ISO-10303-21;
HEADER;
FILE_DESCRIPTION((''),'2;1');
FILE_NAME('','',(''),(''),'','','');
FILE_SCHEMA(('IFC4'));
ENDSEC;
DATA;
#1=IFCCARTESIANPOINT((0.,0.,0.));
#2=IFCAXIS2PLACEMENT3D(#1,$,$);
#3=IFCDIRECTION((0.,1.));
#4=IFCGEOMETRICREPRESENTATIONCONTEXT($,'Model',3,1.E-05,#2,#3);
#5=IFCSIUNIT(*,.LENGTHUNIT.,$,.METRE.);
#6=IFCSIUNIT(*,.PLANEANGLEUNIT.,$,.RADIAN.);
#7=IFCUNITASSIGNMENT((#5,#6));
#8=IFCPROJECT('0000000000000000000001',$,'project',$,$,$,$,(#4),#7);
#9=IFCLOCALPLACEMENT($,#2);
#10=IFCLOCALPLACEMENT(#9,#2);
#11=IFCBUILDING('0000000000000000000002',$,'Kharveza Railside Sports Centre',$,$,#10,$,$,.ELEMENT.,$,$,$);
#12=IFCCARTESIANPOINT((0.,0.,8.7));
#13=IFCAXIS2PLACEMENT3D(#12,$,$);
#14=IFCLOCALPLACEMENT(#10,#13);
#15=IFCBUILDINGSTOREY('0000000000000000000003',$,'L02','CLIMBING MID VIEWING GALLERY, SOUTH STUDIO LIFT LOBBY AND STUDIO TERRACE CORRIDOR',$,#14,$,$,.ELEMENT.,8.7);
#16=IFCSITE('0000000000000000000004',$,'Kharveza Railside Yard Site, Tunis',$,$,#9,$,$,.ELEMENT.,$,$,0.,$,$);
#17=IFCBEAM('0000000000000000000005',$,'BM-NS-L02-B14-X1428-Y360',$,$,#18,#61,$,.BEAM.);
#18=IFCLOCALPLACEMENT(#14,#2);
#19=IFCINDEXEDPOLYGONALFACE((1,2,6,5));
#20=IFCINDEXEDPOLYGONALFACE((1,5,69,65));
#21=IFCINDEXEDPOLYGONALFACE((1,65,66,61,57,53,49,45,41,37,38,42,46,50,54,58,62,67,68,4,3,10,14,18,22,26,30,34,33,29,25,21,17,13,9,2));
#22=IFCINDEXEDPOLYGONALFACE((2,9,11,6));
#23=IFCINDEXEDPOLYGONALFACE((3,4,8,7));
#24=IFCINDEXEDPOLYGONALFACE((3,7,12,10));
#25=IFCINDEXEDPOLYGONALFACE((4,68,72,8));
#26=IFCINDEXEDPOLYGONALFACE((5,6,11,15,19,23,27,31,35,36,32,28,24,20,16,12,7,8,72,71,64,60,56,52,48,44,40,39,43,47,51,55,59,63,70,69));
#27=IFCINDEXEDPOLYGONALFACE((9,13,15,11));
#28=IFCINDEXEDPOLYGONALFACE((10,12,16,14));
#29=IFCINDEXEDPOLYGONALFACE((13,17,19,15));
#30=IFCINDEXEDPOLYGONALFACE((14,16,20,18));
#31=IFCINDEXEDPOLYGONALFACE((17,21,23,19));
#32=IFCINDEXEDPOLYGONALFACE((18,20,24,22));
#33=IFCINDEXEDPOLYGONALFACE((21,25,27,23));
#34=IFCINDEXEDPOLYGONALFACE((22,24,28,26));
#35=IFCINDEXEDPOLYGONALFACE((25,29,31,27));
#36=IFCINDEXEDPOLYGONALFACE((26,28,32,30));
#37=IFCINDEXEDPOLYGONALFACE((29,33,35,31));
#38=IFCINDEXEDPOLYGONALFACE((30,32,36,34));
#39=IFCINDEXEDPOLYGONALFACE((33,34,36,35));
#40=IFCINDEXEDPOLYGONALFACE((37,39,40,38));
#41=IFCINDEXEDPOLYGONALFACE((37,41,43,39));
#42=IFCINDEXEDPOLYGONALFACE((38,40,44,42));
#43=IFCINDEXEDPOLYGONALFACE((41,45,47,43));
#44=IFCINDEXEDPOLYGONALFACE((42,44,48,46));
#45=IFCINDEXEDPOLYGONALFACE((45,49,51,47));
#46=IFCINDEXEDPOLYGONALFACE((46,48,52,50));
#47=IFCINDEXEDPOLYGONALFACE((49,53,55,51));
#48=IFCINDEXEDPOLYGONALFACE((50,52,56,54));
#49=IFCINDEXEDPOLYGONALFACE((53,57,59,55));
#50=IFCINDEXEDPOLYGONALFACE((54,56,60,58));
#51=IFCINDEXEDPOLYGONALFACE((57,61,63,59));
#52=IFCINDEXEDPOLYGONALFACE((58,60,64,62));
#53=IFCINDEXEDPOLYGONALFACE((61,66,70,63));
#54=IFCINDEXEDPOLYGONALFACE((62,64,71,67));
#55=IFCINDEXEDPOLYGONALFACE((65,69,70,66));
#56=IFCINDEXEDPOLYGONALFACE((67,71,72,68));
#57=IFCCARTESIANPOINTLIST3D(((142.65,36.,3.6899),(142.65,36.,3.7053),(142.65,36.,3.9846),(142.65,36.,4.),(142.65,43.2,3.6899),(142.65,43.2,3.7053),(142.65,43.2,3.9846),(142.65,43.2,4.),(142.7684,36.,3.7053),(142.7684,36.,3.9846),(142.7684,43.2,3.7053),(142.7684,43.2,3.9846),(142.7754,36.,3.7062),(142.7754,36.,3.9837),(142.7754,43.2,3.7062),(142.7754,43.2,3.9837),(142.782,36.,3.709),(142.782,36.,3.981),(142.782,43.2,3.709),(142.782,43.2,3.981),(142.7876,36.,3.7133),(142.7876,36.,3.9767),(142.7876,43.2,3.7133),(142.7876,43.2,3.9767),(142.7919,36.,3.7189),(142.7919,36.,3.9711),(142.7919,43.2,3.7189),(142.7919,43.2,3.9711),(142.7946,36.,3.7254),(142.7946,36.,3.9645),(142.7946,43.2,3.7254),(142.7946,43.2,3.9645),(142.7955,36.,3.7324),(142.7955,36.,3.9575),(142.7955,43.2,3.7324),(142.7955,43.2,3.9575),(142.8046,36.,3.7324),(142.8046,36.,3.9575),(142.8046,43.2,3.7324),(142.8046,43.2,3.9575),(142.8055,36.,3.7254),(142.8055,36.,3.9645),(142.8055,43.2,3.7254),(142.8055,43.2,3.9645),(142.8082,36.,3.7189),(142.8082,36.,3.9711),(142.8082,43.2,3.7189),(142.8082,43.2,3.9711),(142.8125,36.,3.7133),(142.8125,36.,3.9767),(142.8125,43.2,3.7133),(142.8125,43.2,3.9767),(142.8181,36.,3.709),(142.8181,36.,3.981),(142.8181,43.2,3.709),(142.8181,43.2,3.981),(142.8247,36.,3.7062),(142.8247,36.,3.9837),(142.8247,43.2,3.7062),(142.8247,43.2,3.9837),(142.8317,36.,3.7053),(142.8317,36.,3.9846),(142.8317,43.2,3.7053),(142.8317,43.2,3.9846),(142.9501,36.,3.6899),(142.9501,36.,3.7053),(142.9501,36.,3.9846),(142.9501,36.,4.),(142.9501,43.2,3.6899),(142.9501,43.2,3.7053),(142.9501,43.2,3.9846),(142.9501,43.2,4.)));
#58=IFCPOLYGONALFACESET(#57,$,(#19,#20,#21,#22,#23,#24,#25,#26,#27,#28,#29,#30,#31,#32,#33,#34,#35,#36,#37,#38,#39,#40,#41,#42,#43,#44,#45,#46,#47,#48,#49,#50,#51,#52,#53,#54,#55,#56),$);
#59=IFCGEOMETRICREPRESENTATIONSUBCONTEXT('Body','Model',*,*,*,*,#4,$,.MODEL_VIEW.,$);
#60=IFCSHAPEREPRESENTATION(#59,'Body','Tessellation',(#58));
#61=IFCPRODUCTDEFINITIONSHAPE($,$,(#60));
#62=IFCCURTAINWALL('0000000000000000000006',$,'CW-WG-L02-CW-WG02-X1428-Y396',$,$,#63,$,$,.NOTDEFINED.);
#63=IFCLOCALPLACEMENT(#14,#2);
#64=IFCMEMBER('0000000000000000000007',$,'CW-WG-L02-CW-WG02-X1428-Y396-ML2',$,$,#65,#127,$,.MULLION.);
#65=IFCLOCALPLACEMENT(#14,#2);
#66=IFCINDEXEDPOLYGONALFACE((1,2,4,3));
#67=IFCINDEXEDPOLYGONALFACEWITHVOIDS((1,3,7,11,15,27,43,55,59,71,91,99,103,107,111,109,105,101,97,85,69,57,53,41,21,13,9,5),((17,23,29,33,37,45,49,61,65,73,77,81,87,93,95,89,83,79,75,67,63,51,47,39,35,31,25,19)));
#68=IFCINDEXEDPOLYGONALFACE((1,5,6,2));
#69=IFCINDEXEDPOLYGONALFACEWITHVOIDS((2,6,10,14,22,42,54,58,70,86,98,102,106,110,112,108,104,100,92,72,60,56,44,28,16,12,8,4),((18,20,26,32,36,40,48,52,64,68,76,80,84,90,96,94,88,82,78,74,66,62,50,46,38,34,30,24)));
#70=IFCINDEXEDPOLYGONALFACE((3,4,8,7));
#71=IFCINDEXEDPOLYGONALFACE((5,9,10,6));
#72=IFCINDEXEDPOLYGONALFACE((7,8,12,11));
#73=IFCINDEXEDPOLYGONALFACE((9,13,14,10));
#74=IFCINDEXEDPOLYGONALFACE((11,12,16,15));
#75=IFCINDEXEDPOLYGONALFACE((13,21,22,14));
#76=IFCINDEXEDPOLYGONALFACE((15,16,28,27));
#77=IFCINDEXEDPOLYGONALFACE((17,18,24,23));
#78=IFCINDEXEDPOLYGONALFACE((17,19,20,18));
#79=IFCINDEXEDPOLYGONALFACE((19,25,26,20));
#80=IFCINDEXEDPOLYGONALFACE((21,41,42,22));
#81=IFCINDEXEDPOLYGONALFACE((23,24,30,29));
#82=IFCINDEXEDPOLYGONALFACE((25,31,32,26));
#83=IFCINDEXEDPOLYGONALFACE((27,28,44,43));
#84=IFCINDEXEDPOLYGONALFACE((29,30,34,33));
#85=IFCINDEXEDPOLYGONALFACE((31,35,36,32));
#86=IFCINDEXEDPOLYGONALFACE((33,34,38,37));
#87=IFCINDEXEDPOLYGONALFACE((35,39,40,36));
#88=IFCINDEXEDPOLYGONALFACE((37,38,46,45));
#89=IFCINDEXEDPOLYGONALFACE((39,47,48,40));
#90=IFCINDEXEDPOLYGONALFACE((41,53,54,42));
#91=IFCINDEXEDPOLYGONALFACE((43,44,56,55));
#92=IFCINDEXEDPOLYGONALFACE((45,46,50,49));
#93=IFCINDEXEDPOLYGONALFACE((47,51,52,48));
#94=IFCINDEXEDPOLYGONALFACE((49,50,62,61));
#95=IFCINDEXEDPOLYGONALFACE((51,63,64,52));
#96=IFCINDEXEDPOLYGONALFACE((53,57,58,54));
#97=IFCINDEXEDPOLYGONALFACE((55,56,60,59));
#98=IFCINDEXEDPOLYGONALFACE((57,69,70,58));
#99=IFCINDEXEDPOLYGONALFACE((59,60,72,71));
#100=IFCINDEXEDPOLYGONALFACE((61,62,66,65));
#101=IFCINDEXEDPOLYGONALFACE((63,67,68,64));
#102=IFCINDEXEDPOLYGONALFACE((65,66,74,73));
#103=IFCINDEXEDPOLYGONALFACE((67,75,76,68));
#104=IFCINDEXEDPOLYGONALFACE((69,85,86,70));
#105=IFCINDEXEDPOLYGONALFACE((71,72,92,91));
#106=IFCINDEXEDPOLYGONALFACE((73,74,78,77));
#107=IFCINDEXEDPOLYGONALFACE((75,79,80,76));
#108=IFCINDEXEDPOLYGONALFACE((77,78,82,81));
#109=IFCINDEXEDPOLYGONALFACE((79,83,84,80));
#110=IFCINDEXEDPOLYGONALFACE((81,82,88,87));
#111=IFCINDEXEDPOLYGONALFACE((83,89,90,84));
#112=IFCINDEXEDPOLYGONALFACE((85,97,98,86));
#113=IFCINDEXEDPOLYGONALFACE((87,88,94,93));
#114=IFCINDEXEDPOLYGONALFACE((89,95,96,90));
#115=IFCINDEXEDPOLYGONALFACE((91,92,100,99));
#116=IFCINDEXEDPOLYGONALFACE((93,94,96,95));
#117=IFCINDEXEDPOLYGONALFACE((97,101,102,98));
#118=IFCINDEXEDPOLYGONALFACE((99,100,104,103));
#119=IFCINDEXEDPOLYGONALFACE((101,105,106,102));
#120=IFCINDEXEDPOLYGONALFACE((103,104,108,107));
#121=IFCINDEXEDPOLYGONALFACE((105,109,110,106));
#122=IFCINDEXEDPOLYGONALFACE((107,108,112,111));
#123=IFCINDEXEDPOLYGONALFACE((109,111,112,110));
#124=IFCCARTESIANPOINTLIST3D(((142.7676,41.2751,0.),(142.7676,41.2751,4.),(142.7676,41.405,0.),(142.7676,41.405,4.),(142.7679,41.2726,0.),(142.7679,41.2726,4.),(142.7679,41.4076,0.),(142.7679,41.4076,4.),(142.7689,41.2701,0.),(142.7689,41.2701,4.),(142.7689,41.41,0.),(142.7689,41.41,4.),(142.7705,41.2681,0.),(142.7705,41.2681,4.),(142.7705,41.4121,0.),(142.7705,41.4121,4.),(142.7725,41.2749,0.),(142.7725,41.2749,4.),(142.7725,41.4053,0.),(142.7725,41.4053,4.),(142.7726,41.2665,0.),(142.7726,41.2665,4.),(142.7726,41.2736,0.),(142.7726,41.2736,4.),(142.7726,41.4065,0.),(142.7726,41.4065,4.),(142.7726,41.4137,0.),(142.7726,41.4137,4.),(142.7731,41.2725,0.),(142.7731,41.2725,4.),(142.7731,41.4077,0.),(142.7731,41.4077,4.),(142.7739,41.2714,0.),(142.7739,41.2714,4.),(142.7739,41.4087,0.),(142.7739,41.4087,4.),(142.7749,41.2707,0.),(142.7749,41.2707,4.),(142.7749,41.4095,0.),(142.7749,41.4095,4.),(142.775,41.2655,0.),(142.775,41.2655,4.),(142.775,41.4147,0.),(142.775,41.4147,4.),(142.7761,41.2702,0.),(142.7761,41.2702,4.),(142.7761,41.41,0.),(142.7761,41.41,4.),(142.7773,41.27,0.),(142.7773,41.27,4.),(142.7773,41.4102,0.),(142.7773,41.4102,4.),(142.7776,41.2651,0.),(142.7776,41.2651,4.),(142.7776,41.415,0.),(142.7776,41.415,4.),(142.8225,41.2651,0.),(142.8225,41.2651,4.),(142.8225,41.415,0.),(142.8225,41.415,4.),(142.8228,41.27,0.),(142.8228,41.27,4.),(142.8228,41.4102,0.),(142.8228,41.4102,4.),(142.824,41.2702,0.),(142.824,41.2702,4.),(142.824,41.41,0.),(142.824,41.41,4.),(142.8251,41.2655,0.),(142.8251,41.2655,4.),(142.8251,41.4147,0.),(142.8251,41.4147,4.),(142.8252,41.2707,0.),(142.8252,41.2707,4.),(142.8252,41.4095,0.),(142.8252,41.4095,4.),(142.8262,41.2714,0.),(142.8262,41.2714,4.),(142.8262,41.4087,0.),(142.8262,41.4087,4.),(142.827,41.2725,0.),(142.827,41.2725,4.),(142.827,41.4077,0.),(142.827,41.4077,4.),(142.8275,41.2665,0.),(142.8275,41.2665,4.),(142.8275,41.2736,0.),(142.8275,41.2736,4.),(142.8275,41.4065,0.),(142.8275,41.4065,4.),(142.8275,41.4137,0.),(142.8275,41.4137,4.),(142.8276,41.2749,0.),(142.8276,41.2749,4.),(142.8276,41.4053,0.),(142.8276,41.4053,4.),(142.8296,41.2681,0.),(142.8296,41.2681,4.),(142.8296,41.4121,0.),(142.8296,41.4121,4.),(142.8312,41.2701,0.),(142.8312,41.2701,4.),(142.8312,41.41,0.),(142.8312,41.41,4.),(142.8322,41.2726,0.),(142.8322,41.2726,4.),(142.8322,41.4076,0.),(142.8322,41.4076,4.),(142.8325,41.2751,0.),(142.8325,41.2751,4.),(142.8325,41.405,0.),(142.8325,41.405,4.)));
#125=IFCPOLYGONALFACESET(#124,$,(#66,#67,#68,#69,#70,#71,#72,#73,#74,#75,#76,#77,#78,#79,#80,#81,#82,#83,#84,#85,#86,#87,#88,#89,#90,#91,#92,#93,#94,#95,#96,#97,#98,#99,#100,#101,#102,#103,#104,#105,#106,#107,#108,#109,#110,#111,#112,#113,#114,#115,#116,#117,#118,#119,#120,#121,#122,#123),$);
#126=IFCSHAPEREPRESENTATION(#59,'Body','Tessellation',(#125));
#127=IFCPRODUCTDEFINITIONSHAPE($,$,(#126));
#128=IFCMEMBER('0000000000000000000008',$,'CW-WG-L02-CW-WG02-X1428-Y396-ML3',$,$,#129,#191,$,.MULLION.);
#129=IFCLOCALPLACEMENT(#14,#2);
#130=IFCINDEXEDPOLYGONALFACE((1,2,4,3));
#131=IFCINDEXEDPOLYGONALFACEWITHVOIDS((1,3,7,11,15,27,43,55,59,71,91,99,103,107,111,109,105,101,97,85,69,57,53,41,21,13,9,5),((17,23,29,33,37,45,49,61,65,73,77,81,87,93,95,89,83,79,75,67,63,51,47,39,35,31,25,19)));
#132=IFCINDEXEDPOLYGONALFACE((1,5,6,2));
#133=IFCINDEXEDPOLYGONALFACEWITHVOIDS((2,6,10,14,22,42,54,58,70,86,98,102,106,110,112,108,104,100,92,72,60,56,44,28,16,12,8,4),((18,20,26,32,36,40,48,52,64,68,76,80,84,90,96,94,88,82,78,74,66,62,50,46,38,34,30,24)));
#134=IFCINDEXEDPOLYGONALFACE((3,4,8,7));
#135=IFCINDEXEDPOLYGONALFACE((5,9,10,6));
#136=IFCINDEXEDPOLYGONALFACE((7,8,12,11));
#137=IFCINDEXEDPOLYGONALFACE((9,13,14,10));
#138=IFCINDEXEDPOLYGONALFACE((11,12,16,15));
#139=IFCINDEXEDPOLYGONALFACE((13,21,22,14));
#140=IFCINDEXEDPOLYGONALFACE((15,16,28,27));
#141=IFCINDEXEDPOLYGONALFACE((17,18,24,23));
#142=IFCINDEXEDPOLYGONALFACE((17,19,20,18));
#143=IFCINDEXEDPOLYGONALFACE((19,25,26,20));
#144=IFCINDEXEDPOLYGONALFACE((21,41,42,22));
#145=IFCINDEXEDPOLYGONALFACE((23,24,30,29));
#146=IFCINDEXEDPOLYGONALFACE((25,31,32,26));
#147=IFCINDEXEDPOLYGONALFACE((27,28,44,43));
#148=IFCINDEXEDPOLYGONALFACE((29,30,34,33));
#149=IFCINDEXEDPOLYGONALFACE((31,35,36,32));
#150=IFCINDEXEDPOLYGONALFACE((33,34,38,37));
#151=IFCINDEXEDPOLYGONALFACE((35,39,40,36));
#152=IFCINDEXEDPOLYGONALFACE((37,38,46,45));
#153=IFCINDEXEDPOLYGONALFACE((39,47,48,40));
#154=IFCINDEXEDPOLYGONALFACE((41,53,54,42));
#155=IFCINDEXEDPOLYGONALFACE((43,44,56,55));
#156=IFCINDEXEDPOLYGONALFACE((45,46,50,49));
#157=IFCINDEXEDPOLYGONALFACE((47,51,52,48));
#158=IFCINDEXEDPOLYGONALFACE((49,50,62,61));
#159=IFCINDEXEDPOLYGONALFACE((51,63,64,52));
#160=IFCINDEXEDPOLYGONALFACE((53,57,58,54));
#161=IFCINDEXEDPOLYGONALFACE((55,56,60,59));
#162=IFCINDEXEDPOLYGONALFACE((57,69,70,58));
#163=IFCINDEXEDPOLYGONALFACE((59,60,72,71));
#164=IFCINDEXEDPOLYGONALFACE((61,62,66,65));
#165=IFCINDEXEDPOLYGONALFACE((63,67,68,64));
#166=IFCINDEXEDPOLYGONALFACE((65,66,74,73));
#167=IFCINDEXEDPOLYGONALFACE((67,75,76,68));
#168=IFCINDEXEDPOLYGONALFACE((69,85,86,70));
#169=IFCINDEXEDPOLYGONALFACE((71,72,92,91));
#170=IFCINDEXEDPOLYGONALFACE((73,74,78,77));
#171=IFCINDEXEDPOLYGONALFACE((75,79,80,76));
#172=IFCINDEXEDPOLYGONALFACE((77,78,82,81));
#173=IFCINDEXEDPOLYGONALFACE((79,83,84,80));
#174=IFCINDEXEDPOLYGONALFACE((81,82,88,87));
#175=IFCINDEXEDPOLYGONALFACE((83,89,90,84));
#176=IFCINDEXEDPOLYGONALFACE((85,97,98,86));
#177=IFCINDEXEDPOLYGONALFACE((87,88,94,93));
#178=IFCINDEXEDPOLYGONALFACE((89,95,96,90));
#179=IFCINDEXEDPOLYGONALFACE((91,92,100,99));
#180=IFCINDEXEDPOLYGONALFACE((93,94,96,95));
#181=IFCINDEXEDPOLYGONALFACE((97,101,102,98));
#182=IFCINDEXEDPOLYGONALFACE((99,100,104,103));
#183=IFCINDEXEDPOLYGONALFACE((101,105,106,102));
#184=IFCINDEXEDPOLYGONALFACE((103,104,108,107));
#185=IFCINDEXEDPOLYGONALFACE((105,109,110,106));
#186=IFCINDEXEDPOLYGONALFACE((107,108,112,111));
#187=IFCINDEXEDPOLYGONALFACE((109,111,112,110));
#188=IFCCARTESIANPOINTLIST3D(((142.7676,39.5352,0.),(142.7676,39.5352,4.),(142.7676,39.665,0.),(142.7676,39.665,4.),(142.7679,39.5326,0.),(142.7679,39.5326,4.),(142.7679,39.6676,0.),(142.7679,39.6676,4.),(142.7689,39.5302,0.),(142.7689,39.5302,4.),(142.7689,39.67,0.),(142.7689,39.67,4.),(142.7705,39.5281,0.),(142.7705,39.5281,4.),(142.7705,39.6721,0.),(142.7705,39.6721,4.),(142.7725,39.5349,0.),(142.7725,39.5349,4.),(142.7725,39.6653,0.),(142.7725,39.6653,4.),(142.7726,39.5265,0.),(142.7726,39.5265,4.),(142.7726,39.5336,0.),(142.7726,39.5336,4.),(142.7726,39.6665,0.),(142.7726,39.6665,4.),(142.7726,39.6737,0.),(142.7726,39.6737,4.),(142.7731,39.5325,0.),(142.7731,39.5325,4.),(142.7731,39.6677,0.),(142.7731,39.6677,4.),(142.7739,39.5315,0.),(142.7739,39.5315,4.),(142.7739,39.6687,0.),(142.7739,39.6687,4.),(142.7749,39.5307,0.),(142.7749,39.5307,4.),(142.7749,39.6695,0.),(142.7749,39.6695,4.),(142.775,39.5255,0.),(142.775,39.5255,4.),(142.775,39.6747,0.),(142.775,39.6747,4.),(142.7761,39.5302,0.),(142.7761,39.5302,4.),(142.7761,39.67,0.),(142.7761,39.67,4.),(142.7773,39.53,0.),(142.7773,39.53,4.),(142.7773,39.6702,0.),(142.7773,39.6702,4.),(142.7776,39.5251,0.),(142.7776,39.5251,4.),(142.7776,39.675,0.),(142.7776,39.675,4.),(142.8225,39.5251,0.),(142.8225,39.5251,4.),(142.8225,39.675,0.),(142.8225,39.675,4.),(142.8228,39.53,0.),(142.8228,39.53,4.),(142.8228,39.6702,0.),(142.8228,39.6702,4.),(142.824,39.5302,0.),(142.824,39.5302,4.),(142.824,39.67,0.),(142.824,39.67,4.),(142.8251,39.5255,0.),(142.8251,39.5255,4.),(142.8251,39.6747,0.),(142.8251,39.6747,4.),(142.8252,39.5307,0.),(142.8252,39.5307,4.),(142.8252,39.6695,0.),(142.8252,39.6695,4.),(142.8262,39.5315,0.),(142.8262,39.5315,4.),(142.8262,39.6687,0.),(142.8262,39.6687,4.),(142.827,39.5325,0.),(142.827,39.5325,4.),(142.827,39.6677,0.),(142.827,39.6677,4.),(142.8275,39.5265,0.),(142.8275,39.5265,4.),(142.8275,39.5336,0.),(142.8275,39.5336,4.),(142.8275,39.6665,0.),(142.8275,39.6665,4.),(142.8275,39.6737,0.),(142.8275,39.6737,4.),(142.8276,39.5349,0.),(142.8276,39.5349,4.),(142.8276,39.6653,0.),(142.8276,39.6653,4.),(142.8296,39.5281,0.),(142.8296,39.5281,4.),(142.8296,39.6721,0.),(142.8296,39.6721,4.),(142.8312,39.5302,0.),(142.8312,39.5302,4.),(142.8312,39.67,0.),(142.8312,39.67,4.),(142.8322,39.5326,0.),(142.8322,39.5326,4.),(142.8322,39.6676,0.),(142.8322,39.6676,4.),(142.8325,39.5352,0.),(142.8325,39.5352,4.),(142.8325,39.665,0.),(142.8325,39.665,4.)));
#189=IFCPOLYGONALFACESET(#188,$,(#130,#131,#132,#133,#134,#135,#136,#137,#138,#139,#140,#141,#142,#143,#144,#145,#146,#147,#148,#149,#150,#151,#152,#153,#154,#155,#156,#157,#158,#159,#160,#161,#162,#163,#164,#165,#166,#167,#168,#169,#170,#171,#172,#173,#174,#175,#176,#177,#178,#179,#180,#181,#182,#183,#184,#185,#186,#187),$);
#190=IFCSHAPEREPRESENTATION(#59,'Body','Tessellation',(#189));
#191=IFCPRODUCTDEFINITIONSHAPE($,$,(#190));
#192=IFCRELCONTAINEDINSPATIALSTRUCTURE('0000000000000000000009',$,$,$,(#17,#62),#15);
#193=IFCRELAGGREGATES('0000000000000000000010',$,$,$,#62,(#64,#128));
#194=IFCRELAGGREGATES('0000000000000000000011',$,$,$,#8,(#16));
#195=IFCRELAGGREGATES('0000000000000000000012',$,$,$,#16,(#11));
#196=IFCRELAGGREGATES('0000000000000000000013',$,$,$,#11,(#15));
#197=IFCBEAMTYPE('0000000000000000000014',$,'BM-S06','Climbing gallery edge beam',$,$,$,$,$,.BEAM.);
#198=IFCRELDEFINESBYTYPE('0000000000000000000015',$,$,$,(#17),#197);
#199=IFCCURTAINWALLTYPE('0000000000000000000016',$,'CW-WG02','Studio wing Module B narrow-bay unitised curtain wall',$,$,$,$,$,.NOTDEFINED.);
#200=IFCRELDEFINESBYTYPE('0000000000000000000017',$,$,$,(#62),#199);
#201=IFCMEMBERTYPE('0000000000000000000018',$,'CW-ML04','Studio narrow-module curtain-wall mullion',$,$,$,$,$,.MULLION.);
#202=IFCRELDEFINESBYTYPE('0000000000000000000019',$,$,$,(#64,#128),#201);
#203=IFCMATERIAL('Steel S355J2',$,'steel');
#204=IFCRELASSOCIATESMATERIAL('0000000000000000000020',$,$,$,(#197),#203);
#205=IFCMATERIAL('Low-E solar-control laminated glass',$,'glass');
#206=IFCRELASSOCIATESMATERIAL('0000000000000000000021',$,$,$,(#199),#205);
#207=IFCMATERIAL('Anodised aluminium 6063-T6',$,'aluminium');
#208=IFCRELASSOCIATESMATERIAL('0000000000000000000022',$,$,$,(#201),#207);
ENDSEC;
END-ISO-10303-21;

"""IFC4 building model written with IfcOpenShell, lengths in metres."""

from ifc_helpers import new_model, si_unit, direction, frame, origin, origin_2d, place, context, subcontext, project, spatial, hollow_rectangle, i_section, extrude, material, material_profile, profile_set, type_object, element, aggregate, save


model = new_model("IFC4")

# Units and contexts
model_context = context("Model", 3, precision=1e-05, world=origin(), true_north=direction((0.0, 1.0)))
body_context = subcontext(model_context, "Body", "Model", "MODEL_VIEW")
ifc_project = project(units=[si_unit("LENGTHUNIT", "METRE"), si_unit("PLANEANGLEUNIT", "RADIAN")], contexts=[model_context])

# Site, building, storey
site_placement = place(None, origin())
site = spatial("IfcSite", under=ifc_project, at=site_placement, Name="Kharveza Railside Yard Site, Tunis", CompositionType="ELEMENT", RefElevation=0.0)
building_placement = place(site_placement, origin())
building = spatial("IfcBuilding", under=site, at=building_placement, Name="Kharveza Railside Sports Centre", CompositionType="ELEMENT")
storey_placement = place(building_placement, frame((0.0, 0.0, 8.7)))
storey = spatial("IfcBuildingStorey", under=building, at=storey_placement, Name="L02", Description="CLIMBING MID VIEWING GALLERY, SOUTH STUDIO LIFT LOBBY AND STUDIO TERRACE CORRIDOR", CompositionType="ELEMENT", Elevation=8.7)

# Shared definitions
ifc_material_1 = material(Name="Steel S355J2", Category="steel")

# Beam
ifc_material_profile_1 = material_profile(ifc_material_1, i_section(OverallWidth=0.3, OverallDepth=0.3101, WebThickness=0.009, FlangeThickness=0.0154, FilletRadius=0.0271, at=origin_2d()), Name="HEA 320")
ifc_profile_set_1 = profile_set([ifc_material_profile_1], Name="Steel S355J2")
beam_type_1 = type_object("IfcBeamType", Name="BM-S06", Description="Climbing gallery edge beam", PredefinedType="BEAM", material=ifc_profile_set_1)
beam_1_placement = place(storey_placement, frame((142.8, 36.0, 3.845), z_axis=(0.0, 1.0, 0.0), x_axis=(-1.0, 0.0, 0.0)))
element("IfcBeam", 1, at=beam_1_placement, inside=storey, type_object=beam_type_1, Name="BM-NS-L02-B14-X1428-Y360", PredefinedType="BEAM", context=body_context, shape_type="SweptSolid", body=[
    extrude(i_section(OverallWidth=0.3, OverallDepth=0.3101, WebThickness=0.009, FlangeThickness=0.0154, FilletRadius=0.0271, at=origin_2d()), origin(), (0.0, 0.0, 1.0), 7.2),
])

# Curtain wall, members
ifc_material_2 = material(Name="Low-E solar-control laminated glass", Category="glass")
curtain_wall_type = type_object("IfcCurtainWallType", Name="CW-WG02", Description="Studio wing Module B narrow-bay unitised curtain wall", PredefinedType="NOTDEFINED", material=ifc_material_2)
curtain_wall_placement = place(storey_placement, origin())
curtain_wall = element("IfcCurtainWall", 2, at=curtain_wall_placement, inside=storey, type_object=curtain_wall_type, Name="CW-WG-L02-CW-WG02-X1428-Y396", PredefinedType="NOTDEFINED")
ifc_material_3 = material(Name="Anodised aluminium 6063-T6", Category="aluminium")
ifc_material_profile_2 = material_profile(ifc_material_3, hollow_rectangle(XDim=0.0649, YDim=0.1499, WallThickness=0.0049, InnerFilletRadius=0.0049, OuterFilletRadius=0.01, at=origin_2d()), Name="RHS 65x150x5.0")
ifc_profile_set_2 = profile_set([ifc_material_profile_2], Name="Anodised aluminium 6063-T6")
member_type = type_object("IfcMemberType", Name="CW-ML04", Description="Studio narrow-module curtain-wall mullion", PredefinedType="MULLION", material=ifc_profile_set_2)
member_1_placement = place(storey_placement, frame((142.8, 41.3401, 0.0), z_axis=(0.0, 0.0, 1.0), x_axis=(1.0, 0.0, 0.0)))
member_1 = element("IfcMember", 3, at=member_1_placement, type_object=member_type, Name="CW-WG-L02-CW-WG02-X1428-Y396-ML2", PredefinedType="MULLION", context=body_context, shape_type="SweptSolid", body=[
    extrude(hollow_rectangle(XDim=0.0649, YDim=0.1499, WallThickness=0.0049, InnerFilletRadius=0.0049, OuterFilletRadius=0.01, at=origin_2d()), origin(), (0.0, 0.0, 1.0), 4.0),
])
member_2_placement = place(storey_placement, frame((142.8, 39.6001, 0.0), z_axis=(0.0, 0.0, 1.0), x_axis=(1.0, 0.0, 0.0)))
member_2 = element("IfcMember", 4, at=member_2_placement, type_object=member_type, Name="CW-WG-L02-CW-WG02-X1428-Y396-ML3", PredefinedType="MULLION", context=body_context, shape_type="SweptSolid", body=[
    extrude(hollow_rectangle(XDim=0.0649, YDim=0.1499, WallThickness=0.0049, InnerFilletRadius=0.0049, OuterFilletRadius=0.01, at=origin_2d()), origin(), (0.0, 0.0, 1.0), 4.0),
])
aggregate(curtain_wall, [member_1, member_2])

save(model, "model.ifc")
